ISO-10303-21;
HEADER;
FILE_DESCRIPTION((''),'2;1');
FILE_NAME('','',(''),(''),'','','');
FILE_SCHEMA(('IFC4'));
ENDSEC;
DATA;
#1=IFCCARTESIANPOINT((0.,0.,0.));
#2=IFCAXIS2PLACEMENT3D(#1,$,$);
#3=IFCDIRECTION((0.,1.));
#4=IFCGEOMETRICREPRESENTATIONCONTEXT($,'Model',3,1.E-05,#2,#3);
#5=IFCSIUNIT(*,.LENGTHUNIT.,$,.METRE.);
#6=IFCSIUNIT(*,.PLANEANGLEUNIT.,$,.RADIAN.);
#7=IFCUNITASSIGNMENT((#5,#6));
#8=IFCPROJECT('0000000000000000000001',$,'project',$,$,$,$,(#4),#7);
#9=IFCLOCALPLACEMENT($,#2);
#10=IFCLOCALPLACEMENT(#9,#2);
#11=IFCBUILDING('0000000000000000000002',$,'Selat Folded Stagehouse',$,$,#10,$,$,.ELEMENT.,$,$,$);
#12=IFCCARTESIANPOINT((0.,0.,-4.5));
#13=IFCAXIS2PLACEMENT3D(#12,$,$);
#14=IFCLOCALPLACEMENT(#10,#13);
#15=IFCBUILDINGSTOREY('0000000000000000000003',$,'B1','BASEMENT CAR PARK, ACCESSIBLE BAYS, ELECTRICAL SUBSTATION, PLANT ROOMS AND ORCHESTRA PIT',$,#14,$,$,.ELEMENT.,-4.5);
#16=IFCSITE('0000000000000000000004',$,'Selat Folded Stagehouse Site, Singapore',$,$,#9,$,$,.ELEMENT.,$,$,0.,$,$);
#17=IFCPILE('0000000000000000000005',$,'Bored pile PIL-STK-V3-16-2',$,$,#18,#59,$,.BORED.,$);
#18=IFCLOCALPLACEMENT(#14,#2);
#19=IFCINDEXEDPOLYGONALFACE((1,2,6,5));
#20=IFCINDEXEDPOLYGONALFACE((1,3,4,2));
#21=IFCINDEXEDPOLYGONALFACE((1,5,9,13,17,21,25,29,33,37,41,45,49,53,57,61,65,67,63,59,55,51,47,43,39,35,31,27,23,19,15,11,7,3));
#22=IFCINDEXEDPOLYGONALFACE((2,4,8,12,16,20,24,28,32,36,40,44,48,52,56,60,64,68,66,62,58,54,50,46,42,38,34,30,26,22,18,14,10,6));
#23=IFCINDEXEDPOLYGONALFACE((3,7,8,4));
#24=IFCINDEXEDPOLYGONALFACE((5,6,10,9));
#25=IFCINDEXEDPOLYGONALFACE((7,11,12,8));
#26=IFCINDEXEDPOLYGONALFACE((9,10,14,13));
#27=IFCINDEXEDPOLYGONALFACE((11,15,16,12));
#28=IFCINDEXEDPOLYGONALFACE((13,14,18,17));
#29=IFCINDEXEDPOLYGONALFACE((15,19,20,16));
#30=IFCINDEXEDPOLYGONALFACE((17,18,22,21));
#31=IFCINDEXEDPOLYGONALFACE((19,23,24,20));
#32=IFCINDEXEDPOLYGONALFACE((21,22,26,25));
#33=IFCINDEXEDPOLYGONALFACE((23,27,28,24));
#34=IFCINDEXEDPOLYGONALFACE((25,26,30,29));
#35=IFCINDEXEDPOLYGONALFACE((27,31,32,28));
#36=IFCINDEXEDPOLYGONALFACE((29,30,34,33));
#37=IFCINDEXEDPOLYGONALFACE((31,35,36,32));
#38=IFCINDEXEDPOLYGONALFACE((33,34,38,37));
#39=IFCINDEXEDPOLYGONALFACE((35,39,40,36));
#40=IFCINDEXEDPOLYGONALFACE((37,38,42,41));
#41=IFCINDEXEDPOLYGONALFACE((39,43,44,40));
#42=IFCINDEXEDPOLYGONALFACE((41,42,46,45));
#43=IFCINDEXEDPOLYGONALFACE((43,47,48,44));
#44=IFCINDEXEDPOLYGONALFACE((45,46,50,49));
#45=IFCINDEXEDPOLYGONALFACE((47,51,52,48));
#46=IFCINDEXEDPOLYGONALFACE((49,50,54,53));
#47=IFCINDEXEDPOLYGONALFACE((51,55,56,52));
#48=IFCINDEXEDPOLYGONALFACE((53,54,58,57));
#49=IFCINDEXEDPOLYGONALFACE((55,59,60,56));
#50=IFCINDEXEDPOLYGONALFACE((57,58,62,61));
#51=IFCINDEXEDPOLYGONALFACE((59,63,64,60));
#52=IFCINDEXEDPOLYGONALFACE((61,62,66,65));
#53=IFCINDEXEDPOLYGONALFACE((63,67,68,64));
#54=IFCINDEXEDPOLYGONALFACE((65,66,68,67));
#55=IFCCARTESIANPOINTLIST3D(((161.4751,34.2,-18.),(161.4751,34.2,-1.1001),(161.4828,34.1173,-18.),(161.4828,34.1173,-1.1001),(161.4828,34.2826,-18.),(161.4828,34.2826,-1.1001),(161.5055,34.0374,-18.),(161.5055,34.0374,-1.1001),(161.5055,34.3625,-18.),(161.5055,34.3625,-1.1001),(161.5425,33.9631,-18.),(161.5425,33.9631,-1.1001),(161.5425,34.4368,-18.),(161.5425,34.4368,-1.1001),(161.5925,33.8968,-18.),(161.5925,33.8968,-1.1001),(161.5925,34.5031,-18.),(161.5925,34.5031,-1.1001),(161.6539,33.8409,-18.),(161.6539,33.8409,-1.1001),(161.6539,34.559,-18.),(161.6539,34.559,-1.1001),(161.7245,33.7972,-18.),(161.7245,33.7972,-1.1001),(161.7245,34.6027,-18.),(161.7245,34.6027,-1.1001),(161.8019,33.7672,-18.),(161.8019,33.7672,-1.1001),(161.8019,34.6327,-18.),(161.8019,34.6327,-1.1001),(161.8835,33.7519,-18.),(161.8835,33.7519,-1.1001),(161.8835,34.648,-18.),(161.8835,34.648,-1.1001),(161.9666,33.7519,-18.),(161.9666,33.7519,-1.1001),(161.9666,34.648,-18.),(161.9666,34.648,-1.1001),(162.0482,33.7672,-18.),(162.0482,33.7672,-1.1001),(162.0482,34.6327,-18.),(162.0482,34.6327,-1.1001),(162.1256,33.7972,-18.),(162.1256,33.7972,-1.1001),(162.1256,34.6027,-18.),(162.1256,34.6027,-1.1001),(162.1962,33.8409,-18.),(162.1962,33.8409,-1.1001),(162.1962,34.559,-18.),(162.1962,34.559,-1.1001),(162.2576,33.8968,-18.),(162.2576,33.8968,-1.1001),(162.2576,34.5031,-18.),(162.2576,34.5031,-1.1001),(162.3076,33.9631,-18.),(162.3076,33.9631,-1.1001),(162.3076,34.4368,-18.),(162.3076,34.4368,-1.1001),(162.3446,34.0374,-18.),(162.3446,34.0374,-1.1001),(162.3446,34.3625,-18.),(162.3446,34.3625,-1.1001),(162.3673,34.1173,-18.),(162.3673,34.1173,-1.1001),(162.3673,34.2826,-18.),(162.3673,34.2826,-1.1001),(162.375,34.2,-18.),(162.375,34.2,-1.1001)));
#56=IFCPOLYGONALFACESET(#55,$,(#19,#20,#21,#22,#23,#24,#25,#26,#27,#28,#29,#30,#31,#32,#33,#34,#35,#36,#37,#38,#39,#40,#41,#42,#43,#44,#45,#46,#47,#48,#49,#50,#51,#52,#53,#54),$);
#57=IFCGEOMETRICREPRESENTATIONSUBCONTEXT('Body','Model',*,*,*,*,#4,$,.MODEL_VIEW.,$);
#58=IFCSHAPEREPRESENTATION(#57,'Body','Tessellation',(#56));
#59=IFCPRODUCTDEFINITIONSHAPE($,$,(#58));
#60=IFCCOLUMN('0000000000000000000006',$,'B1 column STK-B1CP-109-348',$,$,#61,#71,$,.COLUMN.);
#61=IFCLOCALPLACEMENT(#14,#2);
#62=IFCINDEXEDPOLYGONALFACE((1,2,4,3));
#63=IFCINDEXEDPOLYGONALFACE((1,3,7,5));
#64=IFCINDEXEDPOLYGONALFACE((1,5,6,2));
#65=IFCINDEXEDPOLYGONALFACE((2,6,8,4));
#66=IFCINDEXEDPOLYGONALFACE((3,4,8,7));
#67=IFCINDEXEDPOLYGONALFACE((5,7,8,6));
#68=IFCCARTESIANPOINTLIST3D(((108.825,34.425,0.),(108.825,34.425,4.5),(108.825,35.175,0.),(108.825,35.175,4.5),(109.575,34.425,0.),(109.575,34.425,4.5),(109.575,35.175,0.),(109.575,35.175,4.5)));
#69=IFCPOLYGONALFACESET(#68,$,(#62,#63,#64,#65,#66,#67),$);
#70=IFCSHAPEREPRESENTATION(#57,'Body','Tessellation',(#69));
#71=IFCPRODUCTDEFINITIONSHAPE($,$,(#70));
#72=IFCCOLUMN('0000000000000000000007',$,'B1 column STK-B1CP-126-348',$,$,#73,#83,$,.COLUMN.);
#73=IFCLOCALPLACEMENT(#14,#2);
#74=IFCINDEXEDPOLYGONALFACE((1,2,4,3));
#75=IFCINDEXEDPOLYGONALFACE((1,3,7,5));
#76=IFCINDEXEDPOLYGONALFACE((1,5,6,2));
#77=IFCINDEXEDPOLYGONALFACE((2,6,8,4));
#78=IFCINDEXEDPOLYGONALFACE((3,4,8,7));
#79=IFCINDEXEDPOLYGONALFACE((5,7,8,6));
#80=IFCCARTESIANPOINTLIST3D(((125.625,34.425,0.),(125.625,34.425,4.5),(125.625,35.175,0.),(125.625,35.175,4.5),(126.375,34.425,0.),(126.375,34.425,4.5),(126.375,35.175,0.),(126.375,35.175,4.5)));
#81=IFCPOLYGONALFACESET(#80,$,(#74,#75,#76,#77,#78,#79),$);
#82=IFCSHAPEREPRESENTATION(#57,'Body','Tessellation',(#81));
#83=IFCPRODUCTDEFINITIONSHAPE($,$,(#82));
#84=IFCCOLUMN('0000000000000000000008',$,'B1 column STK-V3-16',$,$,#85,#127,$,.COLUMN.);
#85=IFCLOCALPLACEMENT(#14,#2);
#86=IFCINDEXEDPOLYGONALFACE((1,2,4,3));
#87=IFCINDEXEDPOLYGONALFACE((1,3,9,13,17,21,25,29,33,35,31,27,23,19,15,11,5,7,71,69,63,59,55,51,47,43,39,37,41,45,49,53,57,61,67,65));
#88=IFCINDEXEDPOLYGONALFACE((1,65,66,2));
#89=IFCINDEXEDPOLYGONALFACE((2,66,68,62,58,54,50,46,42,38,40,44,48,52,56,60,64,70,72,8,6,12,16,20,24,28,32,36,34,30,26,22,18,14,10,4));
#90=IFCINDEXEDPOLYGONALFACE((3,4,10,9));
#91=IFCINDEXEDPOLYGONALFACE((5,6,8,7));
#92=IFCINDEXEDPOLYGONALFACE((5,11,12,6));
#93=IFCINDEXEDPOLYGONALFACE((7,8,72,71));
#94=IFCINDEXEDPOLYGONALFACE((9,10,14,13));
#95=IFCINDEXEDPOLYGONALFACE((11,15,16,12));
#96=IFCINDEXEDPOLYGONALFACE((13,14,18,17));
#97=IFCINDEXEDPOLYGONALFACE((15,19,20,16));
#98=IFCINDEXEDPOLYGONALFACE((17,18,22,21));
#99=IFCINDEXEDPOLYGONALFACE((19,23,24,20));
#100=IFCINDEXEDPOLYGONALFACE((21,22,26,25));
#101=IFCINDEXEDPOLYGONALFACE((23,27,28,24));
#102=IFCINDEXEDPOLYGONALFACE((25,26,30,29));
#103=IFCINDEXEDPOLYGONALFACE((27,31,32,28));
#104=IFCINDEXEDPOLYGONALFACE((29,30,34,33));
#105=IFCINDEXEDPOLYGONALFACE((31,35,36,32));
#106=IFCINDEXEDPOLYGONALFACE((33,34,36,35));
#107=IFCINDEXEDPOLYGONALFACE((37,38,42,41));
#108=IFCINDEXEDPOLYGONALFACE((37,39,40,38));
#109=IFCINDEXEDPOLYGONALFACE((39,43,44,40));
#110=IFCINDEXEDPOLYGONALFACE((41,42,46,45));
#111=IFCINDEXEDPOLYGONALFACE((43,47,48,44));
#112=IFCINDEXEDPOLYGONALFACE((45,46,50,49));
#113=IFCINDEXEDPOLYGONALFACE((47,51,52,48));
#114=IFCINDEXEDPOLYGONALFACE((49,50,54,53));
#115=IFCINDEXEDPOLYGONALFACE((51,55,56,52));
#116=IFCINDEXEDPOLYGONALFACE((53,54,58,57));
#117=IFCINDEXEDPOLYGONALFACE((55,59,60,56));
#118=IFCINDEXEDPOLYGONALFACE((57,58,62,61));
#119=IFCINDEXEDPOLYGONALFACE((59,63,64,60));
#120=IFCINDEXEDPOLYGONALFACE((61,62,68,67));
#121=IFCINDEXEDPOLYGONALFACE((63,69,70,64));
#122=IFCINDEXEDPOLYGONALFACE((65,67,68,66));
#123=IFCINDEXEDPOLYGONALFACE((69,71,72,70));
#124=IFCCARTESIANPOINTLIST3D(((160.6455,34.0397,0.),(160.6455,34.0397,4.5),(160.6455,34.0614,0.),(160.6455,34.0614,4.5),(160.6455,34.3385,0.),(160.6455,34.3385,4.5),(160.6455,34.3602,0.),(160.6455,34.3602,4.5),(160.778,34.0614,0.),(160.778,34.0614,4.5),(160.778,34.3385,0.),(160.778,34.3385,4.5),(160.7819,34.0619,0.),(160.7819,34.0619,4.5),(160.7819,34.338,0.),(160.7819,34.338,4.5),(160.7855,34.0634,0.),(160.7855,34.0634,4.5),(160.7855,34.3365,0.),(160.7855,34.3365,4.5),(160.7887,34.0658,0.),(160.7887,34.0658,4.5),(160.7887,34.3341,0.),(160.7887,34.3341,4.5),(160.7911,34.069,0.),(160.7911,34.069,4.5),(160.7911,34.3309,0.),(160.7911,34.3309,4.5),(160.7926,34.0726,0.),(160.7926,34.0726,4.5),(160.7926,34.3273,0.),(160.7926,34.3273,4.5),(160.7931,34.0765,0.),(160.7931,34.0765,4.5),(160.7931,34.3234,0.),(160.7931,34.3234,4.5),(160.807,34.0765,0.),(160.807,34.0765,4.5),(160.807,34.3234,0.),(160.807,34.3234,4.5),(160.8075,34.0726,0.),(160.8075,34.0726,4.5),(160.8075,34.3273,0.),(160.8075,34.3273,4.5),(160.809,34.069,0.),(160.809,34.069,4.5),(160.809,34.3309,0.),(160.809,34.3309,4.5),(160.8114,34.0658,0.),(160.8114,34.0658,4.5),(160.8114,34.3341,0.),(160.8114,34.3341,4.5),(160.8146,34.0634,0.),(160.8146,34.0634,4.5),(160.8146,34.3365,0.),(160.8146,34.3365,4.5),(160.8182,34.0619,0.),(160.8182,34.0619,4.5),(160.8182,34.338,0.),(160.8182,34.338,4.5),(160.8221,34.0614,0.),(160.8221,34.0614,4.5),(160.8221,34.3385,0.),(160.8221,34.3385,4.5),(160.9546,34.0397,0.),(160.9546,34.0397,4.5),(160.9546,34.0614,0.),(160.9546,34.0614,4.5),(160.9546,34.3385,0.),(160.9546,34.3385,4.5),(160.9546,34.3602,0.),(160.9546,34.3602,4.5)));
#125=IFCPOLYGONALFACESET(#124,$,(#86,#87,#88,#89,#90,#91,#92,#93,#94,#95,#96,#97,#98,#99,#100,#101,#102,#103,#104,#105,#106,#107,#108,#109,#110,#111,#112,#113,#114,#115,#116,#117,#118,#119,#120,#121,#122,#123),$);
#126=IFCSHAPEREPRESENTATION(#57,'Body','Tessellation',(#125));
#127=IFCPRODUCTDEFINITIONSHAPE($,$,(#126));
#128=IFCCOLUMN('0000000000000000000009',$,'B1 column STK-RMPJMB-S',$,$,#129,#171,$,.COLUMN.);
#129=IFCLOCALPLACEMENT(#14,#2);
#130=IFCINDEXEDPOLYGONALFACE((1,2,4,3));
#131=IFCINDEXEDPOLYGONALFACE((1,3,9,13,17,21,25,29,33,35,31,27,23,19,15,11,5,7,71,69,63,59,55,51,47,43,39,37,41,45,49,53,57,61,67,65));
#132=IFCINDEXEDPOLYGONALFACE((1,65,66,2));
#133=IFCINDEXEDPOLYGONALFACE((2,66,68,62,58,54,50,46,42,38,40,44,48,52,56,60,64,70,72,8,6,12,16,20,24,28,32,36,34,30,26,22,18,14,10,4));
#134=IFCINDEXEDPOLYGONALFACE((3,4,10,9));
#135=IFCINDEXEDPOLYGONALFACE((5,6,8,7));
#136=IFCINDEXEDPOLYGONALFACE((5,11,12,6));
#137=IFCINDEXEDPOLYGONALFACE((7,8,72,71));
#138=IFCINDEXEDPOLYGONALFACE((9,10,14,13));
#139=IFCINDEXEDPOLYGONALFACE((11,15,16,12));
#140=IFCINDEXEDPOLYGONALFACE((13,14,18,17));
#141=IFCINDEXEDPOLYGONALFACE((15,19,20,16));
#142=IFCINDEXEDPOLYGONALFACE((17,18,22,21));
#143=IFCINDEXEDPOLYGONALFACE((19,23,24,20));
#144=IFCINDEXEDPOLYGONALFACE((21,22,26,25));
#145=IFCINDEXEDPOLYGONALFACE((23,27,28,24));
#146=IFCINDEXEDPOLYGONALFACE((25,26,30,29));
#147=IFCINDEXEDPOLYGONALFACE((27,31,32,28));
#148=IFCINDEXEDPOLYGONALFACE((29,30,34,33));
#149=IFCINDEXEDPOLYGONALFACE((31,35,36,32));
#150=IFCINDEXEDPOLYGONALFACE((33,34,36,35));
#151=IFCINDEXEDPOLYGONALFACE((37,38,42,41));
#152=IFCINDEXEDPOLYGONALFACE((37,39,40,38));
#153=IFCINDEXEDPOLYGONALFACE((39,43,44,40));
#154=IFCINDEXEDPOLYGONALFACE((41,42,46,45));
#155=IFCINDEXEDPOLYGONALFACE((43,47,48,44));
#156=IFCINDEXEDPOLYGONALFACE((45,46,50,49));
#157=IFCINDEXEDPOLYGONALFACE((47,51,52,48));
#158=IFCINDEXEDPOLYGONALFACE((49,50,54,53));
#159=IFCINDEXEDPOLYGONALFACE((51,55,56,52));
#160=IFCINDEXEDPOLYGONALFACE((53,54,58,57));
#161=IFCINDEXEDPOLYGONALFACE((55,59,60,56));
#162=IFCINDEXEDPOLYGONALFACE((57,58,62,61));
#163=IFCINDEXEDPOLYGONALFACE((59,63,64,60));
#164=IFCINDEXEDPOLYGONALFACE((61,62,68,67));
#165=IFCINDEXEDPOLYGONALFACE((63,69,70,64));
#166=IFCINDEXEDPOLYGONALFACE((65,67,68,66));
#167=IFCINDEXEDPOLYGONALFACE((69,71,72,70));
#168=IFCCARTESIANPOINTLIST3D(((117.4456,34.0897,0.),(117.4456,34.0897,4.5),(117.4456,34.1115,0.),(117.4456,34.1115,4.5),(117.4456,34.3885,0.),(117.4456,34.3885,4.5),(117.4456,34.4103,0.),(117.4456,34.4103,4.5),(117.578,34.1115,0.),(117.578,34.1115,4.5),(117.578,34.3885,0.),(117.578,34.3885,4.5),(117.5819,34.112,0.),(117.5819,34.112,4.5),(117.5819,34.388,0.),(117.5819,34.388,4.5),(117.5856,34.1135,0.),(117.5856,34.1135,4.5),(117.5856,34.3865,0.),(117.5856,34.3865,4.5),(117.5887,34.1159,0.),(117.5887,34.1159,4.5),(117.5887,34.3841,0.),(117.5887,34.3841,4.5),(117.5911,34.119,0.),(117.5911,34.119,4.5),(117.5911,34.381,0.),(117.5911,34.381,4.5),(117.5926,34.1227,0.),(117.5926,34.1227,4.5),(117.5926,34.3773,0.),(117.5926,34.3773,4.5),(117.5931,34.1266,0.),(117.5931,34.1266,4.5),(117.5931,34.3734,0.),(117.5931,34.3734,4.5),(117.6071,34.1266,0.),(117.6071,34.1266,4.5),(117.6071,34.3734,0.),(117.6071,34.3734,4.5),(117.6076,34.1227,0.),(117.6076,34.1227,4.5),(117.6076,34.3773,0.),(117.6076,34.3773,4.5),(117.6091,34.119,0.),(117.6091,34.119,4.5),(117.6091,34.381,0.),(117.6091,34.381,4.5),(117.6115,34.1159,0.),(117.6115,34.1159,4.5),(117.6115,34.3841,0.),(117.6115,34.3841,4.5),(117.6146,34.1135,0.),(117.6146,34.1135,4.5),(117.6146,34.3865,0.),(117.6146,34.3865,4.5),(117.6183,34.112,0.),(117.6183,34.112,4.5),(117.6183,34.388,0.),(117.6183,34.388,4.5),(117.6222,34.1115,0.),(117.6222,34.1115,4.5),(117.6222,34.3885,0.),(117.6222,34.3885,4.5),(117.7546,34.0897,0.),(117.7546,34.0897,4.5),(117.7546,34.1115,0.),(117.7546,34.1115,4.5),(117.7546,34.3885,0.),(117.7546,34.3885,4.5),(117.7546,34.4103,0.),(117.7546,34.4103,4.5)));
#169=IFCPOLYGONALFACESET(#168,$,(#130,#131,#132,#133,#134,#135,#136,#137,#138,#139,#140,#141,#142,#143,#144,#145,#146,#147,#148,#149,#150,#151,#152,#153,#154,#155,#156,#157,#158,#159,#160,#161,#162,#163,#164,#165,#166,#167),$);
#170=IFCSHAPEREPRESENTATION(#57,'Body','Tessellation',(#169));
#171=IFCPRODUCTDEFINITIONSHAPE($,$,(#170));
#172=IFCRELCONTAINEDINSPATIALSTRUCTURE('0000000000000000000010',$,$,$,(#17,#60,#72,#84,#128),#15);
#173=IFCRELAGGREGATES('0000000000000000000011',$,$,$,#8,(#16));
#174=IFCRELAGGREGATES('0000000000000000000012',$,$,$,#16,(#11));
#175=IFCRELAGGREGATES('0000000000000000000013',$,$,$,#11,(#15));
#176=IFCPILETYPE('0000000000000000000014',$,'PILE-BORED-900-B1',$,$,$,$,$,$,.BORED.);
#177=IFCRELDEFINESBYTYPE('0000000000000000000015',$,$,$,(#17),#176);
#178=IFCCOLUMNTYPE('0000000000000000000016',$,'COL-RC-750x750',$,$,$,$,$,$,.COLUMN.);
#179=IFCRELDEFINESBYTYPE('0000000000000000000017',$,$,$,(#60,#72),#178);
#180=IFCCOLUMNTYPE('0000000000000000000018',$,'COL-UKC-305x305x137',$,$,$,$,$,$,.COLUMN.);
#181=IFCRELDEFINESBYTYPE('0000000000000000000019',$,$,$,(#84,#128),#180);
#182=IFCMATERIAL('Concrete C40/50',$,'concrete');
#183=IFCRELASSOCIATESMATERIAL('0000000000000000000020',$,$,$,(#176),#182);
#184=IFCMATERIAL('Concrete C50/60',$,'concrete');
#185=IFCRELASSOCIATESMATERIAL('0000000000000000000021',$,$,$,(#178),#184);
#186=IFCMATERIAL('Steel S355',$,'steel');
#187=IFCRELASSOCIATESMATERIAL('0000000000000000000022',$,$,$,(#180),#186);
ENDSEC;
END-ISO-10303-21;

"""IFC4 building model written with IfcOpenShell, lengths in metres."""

from ifc_helpers import new_model, si_unit, direction, frame, origin, origin_2d, place, context, subcontext, project, spatial, rectangle, circle, i_section, extrude, material, material_profile, profile_set, type_object, element, save


model = new_model("IFC4")

# Units and contexts
model_context = context("Model", 3, precision=1e-05, world=origin(), true_north=direction((0.0, 1.0)))
body_context = subcontext(model_context, "Body", "Model", "MODEL_VIEW")
ifc_project = project(units=[si_unit("LENGTHUNIT", "METRE"), si_unit("PLANEANGLEUNIT", "RADIAN")], contexts=[model_context])

# Site, building, storey
site_placement = place(None, origin())
site = spatial("IfcSite", under=ifc_project, at=site_placement, Name="Selat Folded Stagehouse Site, Singapore", CompositionType="ELEMENT", RefElevation=0.0)
building_placement = place(site_placement, origin())
building = spatial("IfcBuilding", under=site, at=building_placement, Name="Selat Folded Stagehouse", CompositionType="ELEMENT")
storey_placement = place(building_placement, frame((0.0, 0.0, -4.5)))
storey = spatial("IfcBuildingStorey", under=building, at=storey_placement, Name="B1", Description="BASEMENT CAR PARK, ACCESSIBLE BAYS, ELECTRICAL SUBSTATION, PLANT ROOMS AND ORCHESTRA PIT", CompositionType="ELEMENT", Elevation=-4.5)

# Shared definitions
ifc_material_1 = material(Name="Concrete C40/50", Category="concrete")

# Pile
ifc_material_profile_1 = material_profile(ifc_material_1, circle(Radius=0.45, at=origin_2d()), Name="PILE D900")
ifc_profile_set_1 = profile_set([ifc_material_profile_1], Name="Concrete C40/50")
pile_type = type_object("IfcPileType", Name="PILE-BORED-900-B1", PredefinedType="BORED", material=ifc_profile_set_1)
for number, where, z_axis, x_axis, name in (
    (1, (161.925, 34.2, -1.1001), (0.0, 0.0, -1.0), (1.0, 0.0, 0.0), "Bored pile PIL-STK-V3-16-2"),
):
    element("IfcPile", number, at=place(storey_placement, frame(where, z_axis=z_axis, x_axis=x_axis)), inside=storey, type_object=pile_type, Name=name, PredefinedType="BORED", context=body_context, shape_type="SweptSolid", body=[
        extrude(circle(Radius=0.45, at=origin_2d()), origin(), (0.0, 0.0, 1.0), 16.8999),
    ])

# Columns
ifc_material_2 = material(Name="Concrete C50/60", Category="concrete")
ifc_material_profile_2 = material_profile(ifc_material_2, rectangle(XDim=0.75, YDim=0.75, at=origin_2d()), Name="RC 750x750")
ifc_profile_set_2 = profile_set([ifc_material_profile_2], Name="Concrete C50/60")
column_type_1 = type_object("IfcColumnType", Name="COL-RC-750x750", PredefinedType="COLUMN", material=ifc_profile_set_2)
for number, where, z_axis, x_axis, name in (
    (2, (109.2, 34.8, 0.0), (0.0, 0.0, 1.0), (1.0, 0.0, 0.0), "B1 column STK-B1CP-109-348"),
    (3, (126.0, 34.8, 0.0), (0.0, 0.0, 1.0), (1.0, 0.0, 0.0), "B1 column STK-B1CP-126-348"),
):
    element("IfcColumn", number, at=place(storey_placement, frame(where, z_axis=z_axis, x_axis=x_axis)), inside=storey, type_object=column_type_1, Name=name, PredefinedType="COLUMN", context=body_context, shape_type="SweptSolid", body=[
        extrude(rectangle(XDim=0.75, YDim=0.75, at=origin_2d()), origin(), (0.0, 0.0, 1.0), 4.5),
    ])
ifc_material_3 = material(Name="Steel S355", Category="steel")
ifc_material_profile_3 = material_profile(ifc_material_3, i_section(OverallWidth=0.3091, OverallDepth=0.3206, WebThickness=0.0139, FlangeThickness=0.0217, FilletRadius=0.0151, at=origin_2d()), Name="UKC 305x305x137")
ifc_profile_set_3 = profile_set([ifc_material_profile_3], Name="Steel S355")
column_type_2 = type_object("IfcColumnType", Name="COL-UKC-305x305x137", PredefinedType="COLUMN", material=ifc_profile_set_3)
for number, where, z_axis, x_axis, name in (
    (4, (160.8, 34.2, 0.0), (0.0, 0.0, 1.0), (1.0, 0.0, 0.0), "B1 column STK-V3-16"),
    (5, (117.6001, 34.25, 0.0), (0.0, 0.0, 1.0), (1.0, 0.0, 0.0), "B1 column STK-RMPJMB-S"),
):
    element("IfcColumn", number, at=place(storey_placement, frame(where, z_axis=z_axis, x_axis=x_axis)), inside=storey, type_object=column_type_2, Name=name, PredefinedType="COLUMN", context=body_context, shape_type="SweptSolid", body=[
        extrude(i_section(OverallWidth=0.3091, OverallDepth=0.3206, WebThickness=0.0139, FlangeThickness=0.0217, FilletRadius=0.0151, at=origin_2d()), origin(), (0.0, 0.0, 1.0), 4.5),
    ])

save(model, "model.ifc")
